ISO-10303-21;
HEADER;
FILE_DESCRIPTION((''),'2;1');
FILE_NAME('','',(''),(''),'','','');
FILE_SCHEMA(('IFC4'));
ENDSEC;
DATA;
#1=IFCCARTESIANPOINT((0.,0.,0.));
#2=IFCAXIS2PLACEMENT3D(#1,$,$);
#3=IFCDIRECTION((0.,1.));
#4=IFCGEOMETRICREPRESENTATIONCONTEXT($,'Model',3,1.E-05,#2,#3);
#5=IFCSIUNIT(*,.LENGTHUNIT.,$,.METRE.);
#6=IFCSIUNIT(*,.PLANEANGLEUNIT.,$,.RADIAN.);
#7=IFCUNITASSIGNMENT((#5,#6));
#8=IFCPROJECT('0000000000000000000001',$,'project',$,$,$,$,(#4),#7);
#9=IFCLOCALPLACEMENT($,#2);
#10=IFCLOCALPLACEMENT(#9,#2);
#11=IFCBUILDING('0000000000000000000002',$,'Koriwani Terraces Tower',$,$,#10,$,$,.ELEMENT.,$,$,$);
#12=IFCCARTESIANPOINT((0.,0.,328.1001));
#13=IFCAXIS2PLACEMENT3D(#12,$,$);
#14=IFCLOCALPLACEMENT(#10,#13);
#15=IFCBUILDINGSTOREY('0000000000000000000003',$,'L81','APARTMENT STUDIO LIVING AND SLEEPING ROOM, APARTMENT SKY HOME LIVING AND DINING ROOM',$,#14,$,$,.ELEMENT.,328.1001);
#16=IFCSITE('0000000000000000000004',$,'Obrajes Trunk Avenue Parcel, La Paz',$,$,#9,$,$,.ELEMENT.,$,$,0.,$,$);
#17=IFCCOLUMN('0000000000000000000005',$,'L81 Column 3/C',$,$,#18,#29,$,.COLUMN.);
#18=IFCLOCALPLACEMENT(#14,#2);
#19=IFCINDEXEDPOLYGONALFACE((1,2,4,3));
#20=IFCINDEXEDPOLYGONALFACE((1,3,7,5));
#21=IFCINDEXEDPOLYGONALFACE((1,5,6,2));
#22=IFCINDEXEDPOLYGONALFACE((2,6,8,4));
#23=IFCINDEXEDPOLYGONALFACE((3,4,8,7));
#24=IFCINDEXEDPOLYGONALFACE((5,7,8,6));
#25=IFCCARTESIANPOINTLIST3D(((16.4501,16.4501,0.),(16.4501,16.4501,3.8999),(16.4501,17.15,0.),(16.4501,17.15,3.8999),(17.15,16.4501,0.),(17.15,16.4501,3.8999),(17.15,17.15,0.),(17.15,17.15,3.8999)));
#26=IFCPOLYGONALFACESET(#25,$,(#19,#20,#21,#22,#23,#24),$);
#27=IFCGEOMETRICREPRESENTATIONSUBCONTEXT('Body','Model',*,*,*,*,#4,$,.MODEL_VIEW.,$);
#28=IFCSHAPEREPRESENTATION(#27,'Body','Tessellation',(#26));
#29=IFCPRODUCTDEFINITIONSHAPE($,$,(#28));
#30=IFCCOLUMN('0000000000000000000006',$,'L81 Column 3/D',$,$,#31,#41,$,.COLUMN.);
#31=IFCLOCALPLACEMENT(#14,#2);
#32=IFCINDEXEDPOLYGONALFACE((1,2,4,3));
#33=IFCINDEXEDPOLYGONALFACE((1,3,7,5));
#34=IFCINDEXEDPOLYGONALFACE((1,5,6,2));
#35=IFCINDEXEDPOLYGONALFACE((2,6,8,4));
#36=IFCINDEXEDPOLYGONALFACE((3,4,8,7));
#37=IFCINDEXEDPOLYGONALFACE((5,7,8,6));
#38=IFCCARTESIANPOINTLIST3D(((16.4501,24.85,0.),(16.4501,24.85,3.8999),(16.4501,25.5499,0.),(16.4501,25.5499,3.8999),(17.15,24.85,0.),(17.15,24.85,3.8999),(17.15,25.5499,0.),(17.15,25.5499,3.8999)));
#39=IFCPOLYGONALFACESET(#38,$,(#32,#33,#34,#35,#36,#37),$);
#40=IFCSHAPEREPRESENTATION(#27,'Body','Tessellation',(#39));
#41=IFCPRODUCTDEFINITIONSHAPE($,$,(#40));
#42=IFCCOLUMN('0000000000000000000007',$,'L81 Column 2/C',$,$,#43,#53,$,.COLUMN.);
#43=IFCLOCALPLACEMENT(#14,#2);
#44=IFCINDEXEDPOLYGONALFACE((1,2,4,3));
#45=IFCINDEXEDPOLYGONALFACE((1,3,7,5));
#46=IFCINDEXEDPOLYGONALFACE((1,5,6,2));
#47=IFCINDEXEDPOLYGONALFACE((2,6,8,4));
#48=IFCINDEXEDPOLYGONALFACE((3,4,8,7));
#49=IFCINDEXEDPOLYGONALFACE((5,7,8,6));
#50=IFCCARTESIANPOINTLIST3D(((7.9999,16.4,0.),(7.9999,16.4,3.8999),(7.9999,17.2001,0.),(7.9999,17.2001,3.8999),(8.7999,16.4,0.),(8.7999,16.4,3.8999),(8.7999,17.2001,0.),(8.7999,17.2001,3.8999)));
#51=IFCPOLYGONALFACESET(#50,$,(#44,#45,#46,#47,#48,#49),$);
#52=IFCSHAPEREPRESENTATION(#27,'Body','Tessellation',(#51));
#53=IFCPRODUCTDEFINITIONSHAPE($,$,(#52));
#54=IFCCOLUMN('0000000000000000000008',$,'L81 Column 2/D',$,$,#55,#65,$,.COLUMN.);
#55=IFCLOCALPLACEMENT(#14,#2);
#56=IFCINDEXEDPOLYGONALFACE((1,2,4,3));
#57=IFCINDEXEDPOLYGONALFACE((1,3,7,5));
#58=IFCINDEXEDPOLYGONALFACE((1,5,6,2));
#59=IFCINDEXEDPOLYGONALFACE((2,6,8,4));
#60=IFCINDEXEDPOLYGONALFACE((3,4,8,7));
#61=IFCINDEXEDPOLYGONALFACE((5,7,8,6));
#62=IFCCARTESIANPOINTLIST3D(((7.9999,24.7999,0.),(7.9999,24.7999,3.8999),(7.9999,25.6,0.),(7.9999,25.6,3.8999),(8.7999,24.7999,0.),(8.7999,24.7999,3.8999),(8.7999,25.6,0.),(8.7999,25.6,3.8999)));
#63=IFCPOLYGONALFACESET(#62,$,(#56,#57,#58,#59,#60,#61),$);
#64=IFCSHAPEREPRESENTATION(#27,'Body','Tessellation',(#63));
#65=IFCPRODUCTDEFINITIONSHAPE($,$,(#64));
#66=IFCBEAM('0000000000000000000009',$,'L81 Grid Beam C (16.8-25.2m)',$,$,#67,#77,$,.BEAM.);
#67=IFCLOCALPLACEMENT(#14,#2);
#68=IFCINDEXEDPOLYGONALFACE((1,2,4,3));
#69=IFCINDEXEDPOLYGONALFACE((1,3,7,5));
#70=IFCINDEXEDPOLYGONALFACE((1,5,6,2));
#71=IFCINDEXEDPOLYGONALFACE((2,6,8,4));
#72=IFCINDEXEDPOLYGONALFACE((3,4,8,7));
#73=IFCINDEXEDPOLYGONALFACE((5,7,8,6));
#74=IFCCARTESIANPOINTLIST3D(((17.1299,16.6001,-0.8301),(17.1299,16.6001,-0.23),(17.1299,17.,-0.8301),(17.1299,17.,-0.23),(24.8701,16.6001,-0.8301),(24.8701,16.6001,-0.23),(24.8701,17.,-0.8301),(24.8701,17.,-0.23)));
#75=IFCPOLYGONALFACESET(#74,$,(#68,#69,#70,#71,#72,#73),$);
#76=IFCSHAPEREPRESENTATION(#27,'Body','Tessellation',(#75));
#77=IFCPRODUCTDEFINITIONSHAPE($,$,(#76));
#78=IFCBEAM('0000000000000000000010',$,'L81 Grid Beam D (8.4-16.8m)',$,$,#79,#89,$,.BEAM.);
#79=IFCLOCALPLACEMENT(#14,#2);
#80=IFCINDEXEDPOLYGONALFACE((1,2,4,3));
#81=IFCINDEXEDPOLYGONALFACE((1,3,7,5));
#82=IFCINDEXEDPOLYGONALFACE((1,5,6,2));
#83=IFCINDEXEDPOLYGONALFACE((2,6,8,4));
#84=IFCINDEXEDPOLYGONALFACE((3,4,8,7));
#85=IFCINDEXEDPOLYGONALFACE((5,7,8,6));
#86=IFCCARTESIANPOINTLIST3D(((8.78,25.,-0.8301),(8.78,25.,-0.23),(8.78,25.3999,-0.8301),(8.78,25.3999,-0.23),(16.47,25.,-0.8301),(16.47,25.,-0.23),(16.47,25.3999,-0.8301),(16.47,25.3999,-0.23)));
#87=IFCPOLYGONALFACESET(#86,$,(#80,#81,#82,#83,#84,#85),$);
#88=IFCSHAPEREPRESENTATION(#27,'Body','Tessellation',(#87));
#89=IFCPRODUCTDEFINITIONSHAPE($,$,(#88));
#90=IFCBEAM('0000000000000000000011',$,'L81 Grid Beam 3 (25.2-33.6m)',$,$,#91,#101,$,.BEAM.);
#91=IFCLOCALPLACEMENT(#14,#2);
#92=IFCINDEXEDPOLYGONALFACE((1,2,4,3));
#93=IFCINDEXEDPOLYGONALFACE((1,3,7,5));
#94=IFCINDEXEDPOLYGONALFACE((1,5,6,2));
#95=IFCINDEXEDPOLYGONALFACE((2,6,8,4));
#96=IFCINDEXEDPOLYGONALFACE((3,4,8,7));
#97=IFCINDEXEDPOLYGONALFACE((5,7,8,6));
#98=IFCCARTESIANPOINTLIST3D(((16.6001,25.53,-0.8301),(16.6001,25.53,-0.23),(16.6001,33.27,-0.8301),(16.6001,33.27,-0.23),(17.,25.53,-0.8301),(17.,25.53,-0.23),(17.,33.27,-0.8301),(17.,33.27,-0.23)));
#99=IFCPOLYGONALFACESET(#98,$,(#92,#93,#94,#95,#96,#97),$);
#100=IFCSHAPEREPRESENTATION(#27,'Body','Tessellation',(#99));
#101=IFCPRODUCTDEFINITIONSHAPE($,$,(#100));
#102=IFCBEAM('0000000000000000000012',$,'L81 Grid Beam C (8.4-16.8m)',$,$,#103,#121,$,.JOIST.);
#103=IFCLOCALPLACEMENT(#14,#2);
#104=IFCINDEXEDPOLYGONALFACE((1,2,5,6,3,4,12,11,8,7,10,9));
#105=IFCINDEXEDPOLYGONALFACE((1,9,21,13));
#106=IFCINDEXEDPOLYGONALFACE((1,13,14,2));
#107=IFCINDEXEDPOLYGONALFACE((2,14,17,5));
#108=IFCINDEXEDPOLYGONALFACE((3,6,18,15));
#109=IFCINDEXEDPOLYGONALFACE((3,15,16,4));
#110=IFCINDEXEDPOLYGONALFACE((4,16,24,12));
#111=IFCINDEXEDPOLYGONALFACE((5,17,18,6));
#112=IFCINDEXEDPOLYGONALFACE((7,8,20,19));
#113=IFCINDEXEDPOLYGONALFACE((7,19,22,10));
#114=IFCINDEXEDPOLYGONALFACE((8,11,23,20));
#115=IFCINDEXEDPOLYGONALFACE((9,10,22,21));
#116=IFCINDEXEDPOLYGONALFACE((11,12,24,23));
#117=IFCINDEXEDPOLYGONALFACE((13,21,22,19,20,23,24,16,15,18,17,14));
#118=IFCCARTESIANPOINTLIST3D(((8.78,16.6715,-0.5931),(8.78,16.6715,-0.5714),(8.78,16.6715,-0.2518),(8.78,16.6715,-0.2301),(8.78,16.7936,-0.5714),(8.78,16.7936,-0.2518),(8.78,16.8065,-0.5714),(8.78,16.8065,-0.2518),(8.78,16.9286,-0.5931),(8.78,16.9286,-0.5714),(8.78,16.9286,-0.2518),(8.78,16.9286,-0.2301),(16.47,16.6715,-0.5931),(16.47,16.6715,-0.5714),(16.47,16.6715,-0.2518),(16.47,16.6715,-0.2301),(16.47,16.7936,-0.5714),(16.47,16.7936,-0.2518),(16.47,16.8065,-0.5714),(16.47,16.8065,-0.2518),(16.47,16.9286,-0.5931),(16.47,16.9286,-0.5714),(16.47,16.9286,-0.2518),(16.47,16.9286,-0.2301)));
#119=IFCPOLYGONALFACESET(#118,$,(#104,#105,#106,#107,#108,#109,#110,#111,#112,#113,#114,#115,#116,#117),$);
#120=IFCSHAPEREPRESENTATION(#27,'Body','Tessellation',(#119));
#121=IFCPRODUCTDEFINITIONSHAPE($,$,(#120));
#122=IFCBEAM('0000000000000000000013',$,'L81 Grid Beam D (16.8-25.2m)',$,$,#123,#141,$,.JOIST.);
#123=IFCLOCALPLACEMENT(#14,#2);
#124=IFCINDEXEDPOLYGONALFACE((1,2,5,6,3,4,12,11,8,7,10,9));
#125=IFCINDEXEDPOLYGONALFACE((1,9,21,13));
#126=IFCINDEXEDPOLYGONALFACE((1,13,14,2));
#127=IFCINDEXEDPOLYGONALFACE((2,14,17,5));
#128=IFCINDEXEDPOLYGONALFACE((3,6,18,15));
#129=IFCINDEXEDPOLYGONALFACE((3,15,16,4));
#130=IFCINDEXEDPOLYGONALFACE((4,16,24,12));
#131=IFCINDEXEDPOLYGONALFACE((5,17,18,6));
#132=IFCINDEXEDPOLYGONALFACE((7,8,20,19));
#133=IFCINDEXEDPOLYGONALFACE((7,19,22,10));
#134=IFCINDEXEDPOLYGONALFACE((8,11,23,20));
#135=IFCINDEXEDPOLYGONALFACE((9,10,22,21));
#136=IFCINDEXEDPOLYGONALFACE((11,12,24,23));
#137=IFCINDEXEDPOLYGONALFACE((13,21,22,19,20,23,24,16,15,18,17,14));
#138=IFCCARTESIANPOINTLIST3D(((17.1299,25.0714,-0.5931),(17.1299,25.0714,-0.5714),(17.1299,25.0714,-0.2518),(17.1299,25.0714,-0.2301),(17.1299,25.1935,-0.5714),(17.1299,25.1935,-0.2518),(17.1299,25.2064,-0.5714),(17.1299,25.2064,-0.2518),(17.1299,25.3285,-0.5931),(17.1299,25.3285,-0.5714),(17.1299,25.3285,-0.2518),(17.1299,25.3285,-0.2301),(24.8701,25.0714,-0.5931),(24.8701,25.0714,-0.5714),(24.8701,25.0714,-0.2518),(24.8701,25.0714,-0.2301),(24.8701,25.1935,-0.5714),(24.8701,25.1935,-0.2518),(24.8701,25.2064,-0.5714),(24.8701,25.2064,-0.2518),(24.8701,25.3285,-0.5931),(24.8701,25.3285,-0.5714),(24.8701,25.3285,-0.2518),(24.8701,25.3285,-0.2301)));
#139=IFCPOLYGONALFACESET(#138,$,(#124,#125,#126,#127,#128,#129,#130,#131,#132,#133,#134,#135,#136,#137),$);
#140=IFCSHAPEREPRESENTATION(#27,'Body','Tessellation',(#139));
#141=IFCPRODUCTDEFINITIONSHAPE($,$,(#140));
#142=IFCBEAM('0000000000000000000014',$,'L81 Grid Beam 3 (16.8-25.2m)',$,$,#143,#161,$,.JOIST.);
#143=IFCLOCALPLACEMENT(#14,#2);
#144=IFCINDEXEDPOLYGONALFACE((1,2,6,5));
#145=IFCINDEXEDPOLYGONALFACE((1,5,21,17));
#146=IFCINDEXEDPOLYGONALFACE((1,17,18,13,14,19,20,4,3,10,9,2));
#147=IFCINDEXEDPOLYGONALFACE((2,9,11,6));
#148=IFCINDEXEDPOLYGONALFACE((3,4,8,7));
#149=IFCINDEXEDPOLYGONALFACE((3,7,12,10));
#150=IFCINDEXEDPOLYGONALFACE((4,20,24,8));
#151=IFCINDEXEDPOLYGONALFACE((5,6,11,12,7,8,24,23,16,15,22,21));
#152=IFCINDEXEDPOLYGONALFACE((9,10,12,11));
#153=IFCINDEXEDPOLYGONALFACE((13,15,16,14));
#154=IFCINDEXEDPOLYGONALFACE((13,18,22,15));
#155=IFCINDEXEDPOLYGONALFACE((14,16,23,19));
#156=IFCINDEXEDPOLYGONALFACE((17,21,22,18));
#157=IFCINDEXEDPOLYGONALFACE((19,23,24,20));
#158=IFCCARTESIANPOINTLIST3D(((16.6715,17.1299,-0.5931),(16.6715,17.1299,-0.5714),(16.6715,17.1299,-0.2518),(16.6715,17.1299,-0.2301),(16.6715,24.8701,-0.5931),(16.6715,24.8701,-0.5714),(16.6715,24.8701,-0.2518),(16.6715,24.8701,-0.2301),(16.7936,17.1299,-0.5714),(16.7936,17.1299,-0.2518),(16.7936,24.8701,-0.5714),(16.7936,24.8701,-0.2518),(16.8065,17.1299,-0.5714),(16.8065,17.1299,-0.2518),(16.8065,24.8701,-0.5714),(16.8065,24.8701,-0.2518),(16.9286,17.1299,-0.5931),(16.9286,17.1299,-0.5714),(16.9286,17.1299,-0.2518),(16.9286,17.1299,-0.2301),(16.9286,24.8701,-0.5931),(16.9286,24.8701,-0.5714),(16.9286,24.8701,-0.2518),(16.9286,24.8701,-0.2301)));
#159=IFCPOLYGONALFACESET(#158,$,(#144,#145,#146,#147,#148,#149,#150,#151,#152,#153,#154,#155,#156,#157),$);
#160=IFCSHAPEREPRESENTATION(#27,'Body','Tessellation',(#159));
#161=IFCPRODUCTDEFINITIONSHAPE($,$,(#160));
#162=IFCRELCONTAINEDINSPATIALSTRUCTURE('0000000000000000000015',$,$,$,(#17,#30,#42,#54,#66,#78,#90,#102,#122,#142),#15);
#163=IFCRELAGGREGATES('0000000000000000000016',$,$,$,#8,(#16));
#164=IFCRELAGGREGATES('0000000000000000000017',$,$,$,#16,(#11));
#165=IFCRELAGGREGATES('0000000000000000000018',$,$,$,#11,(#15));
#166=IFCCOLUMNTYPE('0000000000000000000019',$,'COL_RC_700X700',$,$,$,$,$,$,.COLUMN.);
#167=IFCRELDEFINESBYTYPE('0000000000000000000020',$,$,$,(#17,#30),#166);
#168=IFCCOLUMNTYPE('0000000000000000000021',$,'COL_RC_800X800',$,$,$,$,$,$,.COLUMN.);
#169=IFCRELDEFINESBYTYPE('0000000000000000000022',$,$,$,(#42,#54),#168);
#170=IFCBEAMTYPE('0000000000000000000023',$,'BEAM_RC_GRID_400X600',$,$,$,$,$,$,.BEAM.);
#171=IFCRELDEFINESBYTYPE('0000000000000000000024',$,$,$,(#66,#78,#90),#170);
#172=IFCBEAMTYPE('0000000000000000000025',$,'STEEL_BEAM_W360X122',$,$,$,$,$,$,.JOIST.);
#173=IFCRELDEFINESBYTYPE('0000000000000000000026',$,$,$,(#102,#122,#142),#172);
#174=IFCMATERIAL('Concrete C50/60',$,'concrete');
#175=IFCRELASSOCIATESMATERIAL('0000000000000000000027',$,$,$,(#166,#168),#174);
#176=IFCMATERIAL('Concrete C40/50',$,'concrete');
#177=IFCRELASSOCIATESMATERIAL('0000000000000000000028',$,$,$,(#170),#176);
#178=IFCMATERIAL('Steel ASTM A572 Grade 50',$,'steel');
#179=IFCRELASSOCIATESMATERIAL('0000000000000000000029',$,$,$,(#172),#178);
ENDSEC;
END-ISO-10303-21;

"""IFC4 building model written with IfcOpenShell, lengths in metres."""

from ifc_helpers import new_model, si_unit, direction, frame, origin, origin_2d, place, context, subcontext, project, spatial, rectangle, i_section, extrude, material, material_profile, profile_set, type_object, element, save


model = new_model("IFC4")

# Units and contexts
model_context = context("Model", 3, precision=1e-05, world=origin(), true_north=direction((0.0, 1.0)))
body_context = subcontext(model_context, "Body", "Model", "MODEL_VIEW")
ifc_project = project(units=[si_unit("LENGTHUNIT", "METRE"), si_unit("PLANEANGLEUNIT", "RADIAN")], contexts=[model_context])

# Site, building, storey
site_placement = place(None, origin())
site = spatial("IfcSite", under=ifc_project, at=site_placement, Name="Obrajes Trunk Avenue Parcel, La Paz", CompositionType="ELEMENT", RefElevation=0.0)
building_placement = place(site_placement, origin())
building = spatial("IfcBuilding", under=site, at=building_placement, Name="Koriwani Terraces Tower", CompositionType="ELEMENT")
storey_placement = place(building_placement, frame((0.0, 0.0, 328.1001)))
storey = spatial("IfcBuildingStorey", under=building, at=storey_placement, Name="L81", Description="APARTMENT STUDIO LIVING AND SLEEPING ROOM, APARTMENT SKY HOME LIVING AND DINING ROOM", CompositionType="ELEMENT", Elevation=328.1001)

# Columns
ifc_material_1 = material(Name="Concrete C50/60", Category="concrete")
ifc_material_profile_1 = material_profile(ifc_material_1, rectangle(XDim=0.7, YDim=0.7, at=origin_2d()), Name="Concrete C50/60", Category="LoadBearing")
ifc_profile_set_1 = profile_set([ifc_material_profile_1], Name="Concrete C50/60")
column_type_1 = type_object("IfcColumnType", Name="COL_RC_700X700", PredefinedType="COLUMN", material=ifc_profile_set_1)
for number, where, z_axis, x_axis, name in (
    (1, (16.8, 16.8, 0.0), (0.0, 0.0, 1.0), (1.0, 0.0, 0.0), "L81 Column 3/C"),
    (2, (16.8, 25.2, 0.0), (0.0, 0.0, 1.0), (1.0, 0.0, 0.0), "L81 Column 3/D"),
):
    element("IfcColumn", number, at=place(storey_placement, frame(where, z_axis=z_axis, x_axis=x_axis)), inside=storey, type_object=column_type_1, Name=name, PredefinedType="COLUMN", context=body_context, shape_type="SweptSolid", body=[
        extrude(rectangle(XDim=0.7, YDim=0.7, at=origin_2d()), origin(), (0.0, 0.0, 1.0), 3.8999),
    ])
ifc_material_profile_2 = material_profile(ifc_material_1, rectangle(XDim=0.8, YDim=0.8, at=origin_2d()), Name="Concrete C50/60", Category="LoadBearing")
ifc_profile_set_2 = profile_set([ifc_material_profile_2], Name="Concrete C50/60")
column_type_2 = type_object("IfcColumnType", Name="COL_RC_800X800", PredefinedType="COLUMN", material=ifc_profile_set_2)
for number, where, z_axis, x_axis, name in (
    (3, (8.3999, 16.8, 0.0), (0.0, 0.0, 1.0), (1.0, 0.0, 0.0), "L81 Column 2/C"),
    (4, (8.3999, 25.2, 0.0), (0.0, 0.0, 1.0), (1.0, 0.0, 0.0), "L81 Column 2/D"),
):
    element("IfcColumn", number, at=place(storey_placement, frame(where, z_axis=z_axis, x_axis=x_axis)), inside=storey, type_object=column_type_2, Name=name, PredefinedType="COLUMN", context=body_context, shape_type="SweptSolid", body=[
        extrude(rectangle(XDim=0.8, YDim=0.8, at=origin_2d()), origin(), (0.0, 0.0, 1.0), 3.8999),
    ])

# Beams
ifc_material_2 = material(Name="Concrete C40/50", Category="concrete")
ifc_material_profile_3 = material_profile(ifc_material_2, rectangle(XDim=0.3999, YDim=0.6001, at=origin_2d()), Name="Concrete C40/50", Category="LoadBearing")
ifc_profile_set_3 = profile_set([ifc_material_profile_3], Name="Concrete C40/50")
beam_type_1 = type_object("IfcBeamType", Name="BEAM_RC_GRID_400X600", PredefinedType="BEAM", material=ifc_profile_set_3)
beam_1_placement = place(storey_placement, frame((17.1299, 16.8, -0.53), z_axis=(1.0, 0.0, 0.0), x_axis=(0.0, 1.0, 0.0)))
element("IfcBeam", 5, at=beam_1_placement, inside=storey, type_object=beam_type_1, Name="L81 Grid Beam C (16.8-25.2m)", PredefinedType="BEAM", context=body_context, shape_type="SweptSolid", body=[
    extrude(rectangle(XDim=0.3999, YDim=0.6001, at=origin_2d()), origin(), (0.0, 0.0, 1.0), 7.7402),
])
beam_2_placement = place(storey_placement, frame((8.78, 25.2, -0.53), z_axis=(1.0, 0.0, 0.0), x_axis=(0.0, 1.0, 0.0)))
element("IfcBeam", 6, at=beam_2_placement, inside=storey, type_object=beam_type_1, Name="L81 Grid Beam D (8.4-16.8m)", PredefinedType="BEAM", context=body_context, shape_type="SweptSolid", body=[
    extrude(rectangle(XDim=0.3999, YDim=0.6001, at=origin_2d()), origin(), (0.0, 0.0, 1.0), 7.6899),
])
beam_3_placement = place(storey_placement, frame((16.8, 25.53, -0.53), z_axis=(0.0, 1.0, 0.0), x_axis=(-1.0, 0.0, 0.0)))
element("IfcBeam", 7, at=beam_3_placement, inside=storey, type_object=beam_type_1, Name="L81 Grid Beam 3 (25.2-33.6m)", PredefinedType="BEAM", context=body_context, shape_type="SweptSolid", body=[
    extrude(rectangle(XDim=0.3999, YDim=0.6001, at=origin_2d()), origin(), (0.0, 0.0, 1.0), 7.74),
])
ifc_material_3 = material(Name="Steel ASTM A572 Grade 50", Category="steel")
ifc_material_profile_4 = material_profile(ifc_material_3, i_section(OverallWidth=0.2571, OverallDepth=0.363, WebThickness=0.0129, FlangeThickness=0.0217, at=origin_2d()), Name="Steel ASTM A572 Grade 50", Category="LoadBearing")
ifc_profile_set_4 = profile_set([ifc_material_profile_4], Name="Steel ASTM A572 Grade 50")
beam_type_2 = type_object("IfcBeamType", Name="STEEL_BEAM_W360X122", PredefinedType="JOIST", material=ifc_profile_set_4)
beam_4_placement = place(storey_placement, frame((8.78, 16.8, -0.4116), z_axis=(1.0, 0.0, 0.0), x_axis=(0.0, 1.0, 0.0)))
element("IfcBeam", 8, at=beam_4_placement, inside=storey, type_object=beam_type_2, Name="L81 Grid Beam C (8.4-16.8m)", PredefinedType="JOIST", context=body_context, shape_type="SweptSolid", body=[
    extrude(i_section(OverallWidth=0.2571, OverallDepth=0.363, WebThickness=0.0129, FlangeThickness=0.0217, at=origin_2d()), origin(), (0.0, 0.0, 1.0), 7.6899),
])
for number, where, z_axis, x_axis, name in (
    (9, (17.1299, 25.2, -0.4116), (1.0, 0.0, 0.0), (0.0, 1.0, 0.0), "L81 Grid Beam D (16.8-25.2m)"),
    (10, (16.8, 17.1299, -0.4116), (0.0, 1.0, 0.0), (-1.0, 0.0, 0.0), "L81 Grid Beam 3 (16.8-25.2m)"),
):
    element("IfcBeam", number, at=place(storey_placement, frame(where, z_axis=z_axis, x_axis=x_axis)), inside=storey, type_object=beam_type_2, Name=name, PredefinedType="JOIST", context=body_context, shape_type="SweptSolid", body=[
        extrude(i_section(OverallWidth=0.2571, OverallDepth=0.363, WebThickness=0.0129, FlangeThickness=0.0217, at=origin_2d()), origin(), (0.0, 0.0, 1.0), 7.7402),
    ])

save(model, "model.ifc")
